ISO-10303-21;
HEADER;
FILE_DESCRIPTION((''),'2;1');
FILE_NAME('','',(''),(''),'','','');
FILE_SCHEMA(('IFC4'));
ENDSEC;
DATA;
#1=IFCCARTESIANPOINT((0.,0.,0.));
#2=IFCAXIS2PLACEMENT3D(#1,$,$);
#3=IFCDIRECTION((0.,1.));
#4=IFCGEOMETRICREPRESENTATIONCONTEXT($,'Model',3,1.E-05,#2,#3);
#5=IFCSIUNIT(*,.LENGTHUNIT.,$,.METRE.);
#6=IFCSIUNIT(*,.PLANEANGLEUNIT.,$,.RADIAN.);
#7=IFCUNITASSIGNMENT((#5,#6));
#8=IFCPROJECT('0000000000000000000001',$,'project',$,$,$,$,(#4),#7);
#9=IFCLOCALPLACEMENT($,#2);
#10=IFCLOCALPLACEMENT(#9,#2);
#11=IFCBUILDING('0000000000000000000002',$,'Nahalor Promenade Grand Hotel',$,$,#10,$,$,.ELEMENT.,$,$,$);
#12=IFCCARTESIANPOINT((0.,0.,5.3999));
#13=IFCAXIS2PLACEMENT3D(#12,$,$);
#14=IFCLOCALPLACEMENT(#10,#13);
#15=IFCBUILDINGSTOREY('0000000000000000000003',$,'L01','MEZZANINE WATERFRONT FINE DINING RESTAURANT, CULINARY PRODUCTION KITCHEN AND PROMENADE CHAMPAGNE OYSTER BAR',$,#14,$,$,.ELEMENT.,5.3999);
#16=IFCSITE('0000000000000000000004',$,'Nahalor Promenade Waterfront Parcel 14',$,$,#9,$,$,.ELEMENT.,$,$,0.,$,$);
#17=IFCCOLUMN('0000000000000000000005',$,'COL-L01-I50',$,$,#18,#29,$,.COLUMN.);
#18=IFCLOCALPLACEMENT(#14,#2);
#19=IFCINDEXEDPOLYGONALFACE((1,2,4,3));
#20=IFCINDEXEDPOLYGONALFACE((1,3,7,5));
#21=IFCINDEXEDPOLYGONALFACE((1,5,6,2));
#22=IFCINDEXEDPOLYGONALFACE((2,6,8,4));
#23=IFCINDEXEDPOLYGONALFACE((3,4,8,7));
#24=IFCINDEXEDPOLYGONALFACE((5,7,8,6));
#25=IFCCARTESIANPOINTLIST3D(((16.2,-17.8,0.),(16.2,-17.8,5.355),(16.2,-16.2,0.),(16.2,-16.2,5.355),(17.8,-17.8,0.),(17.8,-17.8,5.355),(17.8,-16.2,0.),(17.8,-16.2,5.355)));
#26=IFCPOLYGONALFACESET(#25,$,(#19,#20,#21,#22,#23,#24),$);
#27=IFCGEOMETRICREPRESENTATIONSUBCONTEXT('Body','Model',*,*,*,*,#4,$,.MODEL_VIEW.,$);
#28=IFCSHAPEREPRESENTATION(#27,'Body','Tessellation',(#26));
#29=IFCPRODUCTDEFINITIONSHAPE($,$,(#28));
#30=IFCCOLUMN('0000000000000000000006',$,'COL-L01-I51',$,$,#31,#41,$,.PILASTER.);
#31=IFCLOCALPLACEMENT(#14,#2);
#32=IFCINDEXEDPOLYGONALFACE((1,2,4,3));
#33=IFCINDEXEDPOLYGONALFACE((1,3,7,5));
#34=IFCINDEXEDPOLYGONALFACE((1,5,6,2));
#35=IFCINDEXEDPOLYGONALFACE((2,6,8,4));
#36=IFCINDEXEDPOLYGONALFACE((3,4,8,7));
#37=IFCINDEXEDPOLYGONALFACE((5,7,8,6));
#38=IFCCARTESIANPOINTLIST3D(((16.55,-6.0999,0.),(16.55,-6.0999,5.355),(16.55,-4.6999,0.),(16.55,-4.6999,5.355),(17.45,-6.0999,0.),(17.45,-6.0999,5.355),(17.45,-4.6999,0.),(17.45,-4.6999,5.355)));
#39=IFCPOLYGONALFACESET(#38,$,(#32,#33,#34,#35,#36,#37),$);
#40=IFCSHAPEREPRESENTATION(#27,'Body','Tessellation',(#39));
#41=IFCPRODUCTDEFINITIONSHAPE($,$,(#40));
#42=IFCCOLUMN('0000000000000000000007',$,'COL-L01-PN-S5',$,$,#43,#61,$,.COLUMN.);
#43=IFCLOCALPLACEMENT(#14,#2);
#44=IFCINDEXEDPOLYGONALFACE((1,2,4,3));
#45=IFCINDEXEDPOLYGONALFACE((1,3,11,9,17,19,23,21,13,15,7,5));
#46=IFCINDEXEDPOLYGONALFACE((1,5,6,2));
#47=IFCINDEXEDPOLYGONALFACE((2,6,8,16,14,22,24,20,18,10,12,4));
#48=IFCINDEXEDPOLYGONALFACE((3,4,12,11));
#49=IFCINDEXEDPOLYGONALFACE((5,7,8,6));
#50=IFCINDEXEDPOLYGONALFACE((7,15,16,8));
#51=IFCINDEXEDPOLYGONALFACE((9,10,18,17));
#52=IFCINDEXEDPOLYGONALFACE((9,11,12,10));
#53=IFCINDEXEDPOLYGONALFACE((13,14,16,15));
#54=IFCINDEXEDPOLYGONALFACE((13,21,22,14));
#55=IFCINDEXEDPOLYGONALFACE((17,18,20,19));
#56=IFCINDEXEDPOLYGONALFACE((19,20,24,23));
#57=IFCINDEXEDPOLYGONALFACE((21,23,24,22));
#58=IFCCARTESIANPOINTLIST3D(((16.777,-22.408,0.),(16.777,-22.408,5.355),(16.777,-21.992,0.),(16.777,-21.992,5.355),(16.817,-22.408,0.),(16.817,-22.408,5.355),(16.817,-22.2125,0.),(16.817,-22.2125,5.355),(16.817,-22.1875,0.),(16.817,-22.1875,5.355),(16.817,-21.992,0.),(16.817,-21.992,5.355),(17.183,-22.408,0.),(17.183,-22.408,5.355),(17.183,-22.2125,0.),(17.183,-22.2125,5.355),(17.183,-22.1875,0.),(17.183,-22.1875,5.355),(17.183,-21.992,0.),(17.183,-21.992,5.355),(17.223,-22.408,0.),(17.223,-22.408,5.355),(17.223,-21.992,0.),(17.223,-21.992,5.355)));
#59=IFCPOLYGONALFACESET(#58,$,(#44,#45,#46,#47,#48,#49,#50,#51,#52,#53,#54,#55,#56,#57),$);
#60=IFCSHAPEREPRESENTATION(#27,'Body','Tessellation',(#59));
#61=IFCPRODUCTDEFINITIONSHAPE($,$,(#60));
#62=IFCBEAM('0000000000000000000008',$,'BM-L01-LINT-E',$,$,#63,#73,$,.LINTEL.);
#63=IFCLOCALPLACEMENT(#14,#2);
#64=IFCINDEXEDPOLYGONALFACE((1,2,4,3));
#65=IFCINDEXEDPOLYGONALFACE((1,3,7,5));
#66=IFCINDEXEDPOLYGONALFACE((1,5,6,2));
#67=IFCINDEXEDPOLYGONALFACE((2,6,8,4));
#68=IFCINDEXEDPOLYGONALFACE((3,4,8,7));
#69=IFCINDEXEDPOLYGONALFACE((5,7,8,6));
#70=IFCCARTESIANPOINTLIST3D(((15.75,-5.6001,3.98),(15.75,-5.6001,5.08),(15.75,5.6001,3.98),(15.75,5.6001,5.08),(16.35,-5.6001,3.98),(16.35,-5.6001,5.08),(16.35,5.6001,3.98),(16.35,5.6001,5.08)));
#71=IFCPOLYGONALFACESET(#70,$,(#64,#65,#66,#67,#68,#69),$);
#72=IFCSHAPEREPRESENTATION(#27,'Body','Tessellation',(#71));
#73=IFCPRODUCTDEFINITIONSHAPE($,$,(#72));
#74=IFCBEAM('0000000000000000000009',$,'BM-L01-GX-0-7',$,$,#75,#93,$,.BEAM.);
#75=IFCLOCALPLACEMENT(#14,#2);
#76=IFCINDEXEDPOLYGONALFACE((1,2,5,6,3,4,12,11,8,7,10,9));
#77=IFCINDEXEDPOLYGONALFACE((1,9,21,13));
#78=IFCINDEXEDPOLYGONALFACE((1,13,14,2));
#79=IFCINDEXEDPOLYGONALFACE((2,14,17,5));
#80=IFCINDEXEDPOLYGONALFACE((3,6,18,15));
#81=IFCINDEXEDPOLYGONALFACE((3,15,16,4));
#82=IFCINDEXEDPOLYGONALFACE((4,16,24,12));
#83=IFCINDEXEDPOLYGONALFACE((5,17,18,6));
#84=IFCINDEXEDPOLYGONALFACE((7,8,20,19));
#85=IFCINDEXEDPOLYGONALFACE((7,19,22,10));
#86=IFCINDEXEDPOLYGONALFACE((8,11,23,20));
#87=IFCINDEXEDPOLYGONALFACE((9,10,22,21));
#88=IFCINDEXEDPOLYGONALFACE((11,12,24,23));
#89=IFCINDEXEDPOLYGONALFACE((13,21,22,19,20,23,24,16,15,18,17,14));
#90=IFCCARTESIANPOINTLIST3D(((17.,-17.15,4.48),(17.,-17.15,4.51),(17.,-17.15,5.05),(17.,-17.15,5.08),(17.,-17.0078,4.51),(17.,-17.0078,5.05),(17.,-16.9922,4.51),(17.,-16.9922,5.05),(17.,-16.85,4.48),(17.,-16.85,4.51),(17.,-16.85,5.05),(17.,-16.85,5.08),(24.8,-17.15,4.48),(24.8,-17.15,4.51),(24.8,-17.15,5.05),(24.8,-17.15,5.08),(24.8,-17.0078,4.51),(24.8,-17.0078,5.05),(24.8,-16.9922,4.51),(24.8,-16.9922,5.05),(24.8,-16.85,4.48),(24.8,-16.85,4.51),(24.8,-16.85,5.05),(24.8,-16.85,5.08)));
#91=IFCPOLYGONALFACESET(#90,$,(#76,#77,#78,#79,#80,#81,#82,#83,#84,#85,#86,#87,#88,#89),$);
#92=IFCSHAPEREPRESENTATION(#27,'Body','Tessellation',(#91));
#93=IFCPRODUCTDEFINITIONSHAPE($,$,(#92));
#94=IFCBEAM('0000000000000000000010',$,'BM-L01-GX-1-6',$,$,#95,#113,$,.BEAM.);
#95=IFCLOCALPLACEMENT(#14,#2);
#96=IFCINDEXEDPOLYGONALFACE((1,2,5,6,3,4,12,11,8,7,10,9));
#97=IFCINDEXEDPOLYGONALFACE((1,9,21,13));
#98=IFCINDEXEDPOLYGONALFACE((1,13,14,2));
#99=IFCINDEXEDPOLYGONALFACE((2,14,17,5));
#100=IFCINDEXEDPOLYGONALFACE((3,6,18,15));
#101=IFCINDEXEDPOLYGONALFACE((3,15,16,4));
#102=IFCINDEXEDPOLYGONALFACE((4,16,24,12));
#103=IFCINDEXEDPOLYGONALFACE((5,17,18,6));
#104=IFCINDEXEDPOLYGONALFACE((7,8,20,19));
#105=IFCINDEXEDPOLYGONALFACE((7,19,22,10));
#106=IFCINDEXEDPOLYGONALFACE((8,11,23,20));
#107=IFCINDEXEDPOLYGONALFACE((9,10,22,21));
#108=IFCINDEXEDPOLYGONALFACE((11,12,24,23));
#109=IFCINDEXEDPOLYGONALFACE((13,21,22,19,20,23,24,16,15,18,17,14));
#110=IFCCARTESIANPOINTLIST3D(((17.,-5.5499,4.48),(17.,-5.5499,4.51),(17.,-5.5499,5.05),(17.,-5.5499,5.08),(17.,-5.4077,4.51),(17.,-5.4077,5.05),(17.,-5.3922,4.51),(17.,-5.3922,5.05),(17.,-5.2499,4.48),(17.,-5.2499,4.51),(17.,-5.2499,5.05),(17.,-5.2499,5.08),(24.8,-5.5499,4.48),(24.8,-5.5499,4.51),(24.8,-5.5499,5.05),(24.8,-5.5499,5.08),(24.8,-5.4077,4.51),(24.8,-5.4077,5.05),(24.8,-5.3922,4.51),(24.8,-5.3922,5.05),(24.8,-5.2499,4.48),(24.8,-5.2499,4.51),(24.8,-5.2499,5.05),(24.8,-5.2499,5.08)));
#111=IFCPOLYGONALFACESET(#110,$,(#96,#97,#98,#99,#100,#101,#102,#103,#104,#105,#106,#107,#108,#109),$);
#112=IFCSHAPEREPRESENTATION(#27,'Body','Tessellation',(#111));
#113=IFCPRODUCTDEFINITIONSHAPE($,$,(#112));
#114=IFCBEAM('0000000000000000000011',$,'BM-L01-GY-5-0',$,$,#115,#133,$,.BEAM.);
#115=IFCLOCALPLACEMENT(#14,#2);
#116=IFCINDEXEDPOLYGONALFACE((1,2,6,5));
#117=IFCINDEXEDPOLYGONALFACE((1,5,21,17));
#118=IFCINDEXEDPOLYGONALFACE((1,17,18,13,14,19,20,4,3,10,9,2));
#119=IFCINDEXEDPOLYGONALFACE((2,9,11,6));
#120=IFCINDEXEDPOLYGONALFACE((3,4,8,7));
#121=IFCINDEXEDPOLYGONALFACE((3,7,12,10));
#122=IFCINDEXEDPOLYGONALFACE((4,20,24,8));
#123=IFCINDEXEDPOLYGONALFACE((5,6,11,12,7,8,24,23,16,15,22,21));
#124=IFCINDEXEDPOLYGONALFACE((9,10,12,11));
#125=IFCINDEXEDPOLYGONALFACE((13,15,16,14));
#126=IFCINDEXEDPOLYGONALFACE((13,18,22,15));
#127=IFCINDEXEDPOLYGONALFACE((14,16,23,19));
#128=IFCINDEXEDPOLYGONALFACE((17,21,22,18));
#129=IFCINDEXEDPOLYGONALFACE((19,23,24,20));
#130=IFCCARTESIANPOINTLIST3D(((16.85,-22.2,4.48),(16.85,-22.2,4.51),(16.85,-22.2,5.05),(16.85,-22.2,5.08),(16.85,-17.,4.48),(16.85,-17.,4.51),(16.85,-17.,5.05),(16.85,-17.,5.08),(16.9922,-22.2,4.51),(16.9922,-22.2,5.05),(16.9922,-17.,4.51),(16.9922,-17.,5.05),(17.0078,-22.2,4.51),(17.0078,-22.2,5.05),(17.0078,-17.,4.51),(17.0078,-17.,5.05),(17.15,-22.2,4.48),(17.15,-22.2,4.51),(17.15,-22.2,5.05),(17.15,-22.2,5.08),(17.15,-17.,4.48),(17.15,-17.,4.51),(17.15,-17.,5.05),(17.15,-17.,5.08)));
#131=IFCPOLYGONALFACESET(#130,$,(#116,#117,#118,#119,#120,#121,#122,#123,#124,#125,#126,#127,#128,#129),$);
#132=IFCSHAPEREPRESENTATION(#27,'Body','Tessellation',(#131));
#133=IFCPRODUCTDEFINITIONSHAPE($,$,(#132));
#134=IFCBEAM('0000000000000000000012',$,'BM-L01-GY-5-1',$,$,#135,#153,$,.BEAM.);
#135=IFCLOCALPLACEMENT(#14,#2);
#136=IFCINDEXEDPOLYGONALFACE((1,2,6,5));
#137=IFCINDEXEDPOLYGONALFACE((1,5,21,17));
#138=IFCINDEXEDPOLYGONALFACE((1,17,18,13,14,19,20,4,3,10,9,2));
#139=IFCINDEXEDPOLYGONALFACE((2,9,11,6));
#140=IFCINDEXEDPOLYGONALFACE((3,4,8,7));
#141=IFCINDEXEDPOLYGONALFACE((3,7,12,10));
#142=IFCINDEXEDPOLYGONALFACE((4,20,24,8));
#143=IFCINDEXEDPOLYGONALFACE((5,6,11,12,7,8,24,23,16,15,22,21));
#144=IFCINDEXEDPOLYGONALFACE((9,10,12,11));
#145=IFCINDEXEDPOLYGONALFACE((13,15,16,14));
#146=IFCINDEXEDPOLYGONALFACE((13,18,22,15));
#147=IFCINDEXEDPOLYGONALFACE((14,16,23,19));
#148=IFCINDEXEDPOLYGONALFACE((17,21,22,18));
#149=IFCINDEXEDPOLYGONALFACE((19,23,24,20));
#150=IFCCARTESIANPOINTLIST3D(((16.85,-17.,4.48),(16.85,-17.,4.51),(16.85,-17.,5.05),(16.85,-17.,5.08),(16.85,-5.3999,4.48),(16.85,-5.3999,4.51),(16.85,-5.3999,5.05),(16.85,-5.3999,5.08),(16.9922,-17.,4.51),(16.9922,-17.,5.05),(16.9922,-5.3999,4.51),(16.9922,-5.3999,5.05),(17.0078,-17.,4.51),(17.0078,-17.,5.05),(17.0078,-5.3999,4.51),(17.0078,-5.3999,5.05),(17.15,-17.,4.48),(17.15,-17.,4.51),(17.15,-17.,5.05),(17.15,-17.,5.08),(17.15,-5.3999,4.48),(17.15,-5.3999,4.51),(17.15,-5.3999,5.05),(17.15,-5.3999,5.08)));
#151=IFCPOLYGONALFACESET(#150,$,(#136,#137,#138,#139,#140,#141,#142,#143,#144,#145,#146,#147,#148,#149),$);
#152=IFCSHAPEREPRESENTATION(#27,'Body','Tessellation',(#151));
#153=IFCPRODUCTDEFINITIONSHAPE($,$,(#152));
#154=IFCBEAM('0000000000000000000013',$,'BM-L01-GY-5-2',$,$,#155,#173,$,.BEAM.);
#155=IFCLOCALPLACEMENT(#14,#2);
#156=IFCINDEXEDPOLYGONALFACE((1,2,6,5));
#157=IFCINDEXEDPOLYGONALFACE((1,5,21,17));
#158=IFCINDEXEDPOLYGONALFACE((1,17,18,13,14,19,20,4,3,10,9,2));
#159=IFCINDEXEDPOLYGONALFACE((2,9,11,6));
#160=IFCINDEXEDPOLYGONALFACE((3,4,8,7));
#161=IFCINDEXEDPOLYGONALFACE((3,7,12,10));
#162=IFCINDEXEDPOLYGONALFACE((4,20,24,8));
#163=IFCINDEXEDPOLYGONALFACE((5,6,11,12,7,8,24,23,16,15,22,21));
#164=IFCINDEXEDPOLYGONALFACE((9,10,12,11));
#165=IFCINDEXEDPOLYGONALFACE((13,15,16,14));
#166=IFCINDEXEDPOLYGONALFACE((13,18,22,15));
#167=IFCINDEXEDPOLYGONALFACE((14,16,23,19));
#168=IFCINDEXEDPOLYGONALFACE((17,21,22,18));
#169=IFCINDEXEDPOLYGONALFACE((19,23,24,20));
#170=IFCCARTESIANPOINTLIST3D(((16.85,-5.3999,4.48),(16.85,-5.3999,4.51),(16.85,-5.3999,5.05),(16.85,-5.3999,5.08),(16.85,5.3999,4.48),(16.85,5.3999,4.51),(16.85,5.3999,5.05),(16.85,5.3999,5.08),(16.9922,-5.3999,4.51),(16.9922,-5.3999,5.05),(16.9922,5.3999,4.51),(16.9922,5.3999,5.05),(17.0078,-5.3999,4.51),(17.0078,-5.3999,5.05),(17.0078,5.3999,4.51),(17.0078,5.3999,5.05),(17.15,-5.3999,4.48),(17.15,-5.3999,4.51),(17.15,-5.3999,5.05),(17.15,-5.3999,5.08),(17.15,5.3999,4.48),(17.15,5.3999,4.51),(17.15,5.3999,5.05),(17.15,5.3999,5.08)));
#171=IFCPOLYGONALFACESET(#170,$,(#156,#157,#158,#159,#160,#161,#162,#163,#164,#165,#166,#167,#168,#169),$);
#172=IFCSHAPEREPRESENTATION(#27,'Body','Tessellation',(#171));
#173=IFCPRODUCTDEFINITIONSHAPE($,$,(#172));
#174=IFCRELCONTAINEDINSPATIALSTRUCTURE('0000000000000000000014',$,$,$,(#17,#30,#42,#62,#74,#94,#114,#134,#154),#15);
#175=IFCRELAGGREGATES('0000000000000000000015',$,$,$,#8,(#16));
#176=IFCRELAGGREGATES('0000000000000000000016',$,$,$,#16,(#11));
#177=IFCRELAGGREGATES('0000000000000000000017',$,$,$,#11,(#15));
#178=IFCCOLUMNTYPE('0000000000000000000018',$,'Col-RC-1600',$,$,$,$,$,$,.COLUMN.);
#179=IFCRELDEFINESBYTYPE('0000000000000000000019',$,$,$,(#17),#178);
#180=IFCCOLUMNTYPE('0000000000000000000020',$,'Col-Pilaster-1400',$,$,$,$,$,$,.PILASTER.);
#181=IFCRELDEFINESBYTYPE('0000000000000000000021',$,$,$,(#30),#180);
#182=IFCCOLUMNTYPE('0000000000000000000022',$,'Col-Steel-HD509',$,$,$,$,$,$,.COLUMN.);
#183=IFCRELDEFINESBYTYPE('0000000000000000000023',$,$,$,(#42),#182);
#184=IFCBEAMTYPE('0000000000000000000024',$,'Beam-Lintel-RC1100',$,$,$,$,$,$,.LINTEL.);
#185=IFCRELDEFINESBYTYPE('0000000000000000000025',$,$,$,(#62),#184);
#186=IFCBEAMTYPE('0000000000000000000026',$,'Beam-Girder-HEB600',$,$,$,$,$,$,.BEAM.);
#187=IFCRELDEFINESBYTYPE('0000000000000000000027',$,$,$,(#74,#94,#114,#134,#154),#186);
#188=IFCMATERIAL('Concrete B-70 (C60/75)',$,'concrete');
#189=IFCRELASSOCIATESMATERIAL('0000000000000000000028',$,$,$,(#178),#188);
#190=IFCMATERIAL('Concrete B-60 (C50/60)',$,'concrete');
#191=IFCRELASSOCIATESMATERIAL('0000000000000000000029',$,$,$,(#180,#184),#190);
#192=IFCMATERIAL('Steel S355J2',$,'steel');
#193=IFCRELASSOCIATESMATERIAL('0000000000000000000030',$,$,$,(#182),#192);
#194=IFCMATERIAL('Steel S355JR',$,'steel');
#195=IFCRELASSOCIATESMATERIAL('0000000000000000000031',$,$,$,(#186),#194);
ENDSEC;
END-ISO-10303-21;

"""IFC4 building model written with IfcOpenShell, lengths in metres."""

from ifc_helpers import new_model, si_unit, direction, frame, origin, origin_2d, place, context, subcontext, project, spatial, rectangle, i_section, extrude, source, transform, mapped, material, material_profile, profile_set, type_object, element, save


model = new_model("IFC4")

# Units and contexts
model_context = context("Model", 3, precision=1e-05, world=origin(), true_north=direction((0.0, 1.0)))
body_context = subcontext(model_context, "Body", "Model", "MODEL_VIEW")
ifc_project = project(units=[si_unit("LENGTHUNIT", "METRE"), si_unit("PLANEANGLEUNIT", "RADIAN")], contexts=[model_context])

# Site, building, storey
site_placement = place(None, origin())
site = spatial("IfcSite", under=ifc_project, at=site_placement, Name="Nahalor Promenade Waterfront Parcel 14", CompositionType="ELEMENT", RefElevation=0.0)
building_placement = place(site_placement, origin())
building = spatial("IfcBuilding", under=site, at=building_placement, Name="Nahalor Promenade Grand Hotel", CompositionType="ELEMENT")
storey_placement = place(building_placement, frame((0.0, 0.0, 5.3999)))
storey = spatial("IfcBuildingStorey", under=building, at=storey_placement, Name="L01", Description="MEZZANINE WATERFRONT FINE DINING RESTAURANT, CULINARY PRODUCTION KITCHEN AND PROMENADE CHAMPAGNE OYSTER BAR", CompositionType="ELEMENT", Elevation=5.3999)

# Columns
ifc_material_1 = material(Name="Concrete B-70 (C60/75)", Category="concrete")
ifc_material_profile_1 = material_profile(ifc_material_1, rectangle(XDim=1.6, YDim=1.6, at=origin_2d()), Name="RC 1600x1600")
ifc_profile_set_1 = profile_set([ifc_material_profile_1], Name="Concrete B-70 (C60/75)")
column_type_1 = type_object("IfcColumnType", Name="Col-RC-1600", PredefinedType="COLUMN", material=ifc_profile_set_1)
shared_shape_1 = source(origin(), body_context, "Body", "SweptSolid", [
    extrude(rectangle(XDim=1.6, YDim=1.6, at=origin_2d()), origin(), (0.0, 0.0, 1.0), 5.355),
])
column_1_placement = place(storey_placement, frame((17.0, -17.0, 0.0), z_axis=(0.0, 0.0, 1.0), x_axis=(1.0, 0.0, 0.0)))
element("IfcColumn", 1, at=column_1_placement, inside=storey, type_object=column_type_1, Name="COL-L01-I50", PredefinedType="COLUMN", context=body_context, shape_type="MappedRepresentation", body=[
    mapped(shared_shape_1, transform((0.0, 0.0, 0.0), scale=1.0)),
])
ifc_material_2 = material(Name="Concrete B-60 (C50/60)", Category="concrete")
ifc_material_profile_2 = material_profile(ifc_material_2, rectangle(XDim=0.9, YDim=1.4, at=origin_2d()), Name="RC 900x1400")
ifc_profile_set_2 = profile_set([ifc_material_profile_2], Name="Concrete B-60 (C50/60)")
column_type_2 = type_object("IfcColumnType", Name="Col-Pilaster-1400", PredefinedType="PILASTER", material=ifc_profile_set_2)
shared_shape_2 = source(origin(), body_context, "Body", "SweptSolid", [
    extrude(rectangle(XDim=0.9, YDim=1.4, at=origin_2d()), origin(), (0.0, 0.0, 1.0), 5.355),
])
column_2_placement = place(storey_placement, frame((17.0, -5.3999, 0.0), z_axis=(0.0, 0.0, 1.0), x_axis=(1.0, 0.0, 0.0)))
element("IfcColumn", 2, at=column_2_placement, inside=storey, type_object=column_type_2, Name="COL-L01-I51", PredefinedType="PILASTER", context=body_context, shape_type="MappedRepresentation", body=[
    mapped(shared_shape_2, transform((0.0, 0.0, 0.0), scale=1.0)),
])
ifc_material_3 = material(Name="Steel S355J2", Category="steel")
ifc_material_profile_3 = material_profile(ifc_material_3, i_section(OverallWidth=0.416, OverallDepth=0.446, WebThickness=0.025, FlangeThickness=0.04, at=origin_2d()), Name="HD 400x509")
ifc_profile_set_3 = profile_set([ifc_material_profile_3], Name="Steel S355J2")
column_type_3 = type_object("IfcColumnType", Name="Col-Steel-HD509", PredefinedType="COLUMN", material=ifc_profile_set_3)
shared_shape_3 = source(origin(), body_context, "Body", "SweptSolid", [
    extrude(i_section(OverallWidth=0.416, OverallDepth=0.446, WebThickness=0.025, FlangeThickness=0.04, at=origin_2d()), origin(), (0.0, 0.0, 1.0), 5.355),
])
column_3_placement = place(storey_placement, frame((17.0, -22.2, 0.0), z_axis=(0.0, 0.0, 1.0), x_axis=(0.0, 1.0, 0.0)))
element("IfcColumn", 3, at=column_3_placement, inside=storey, type_object=column_type_3, Name="COL-L01-PN-S5", PredefinedType="COLUMN", context=body_context, shape_type="MappedRepresentation", body=[
    mapped(shared_shape_3, transform((0.0, 0.0, 0.0), scale=1.0)),
])

# Beams
ifc_material_profile_4 = material_profile(ifc_material_2, rectangle(XDim=0.6, YDim=1.1, at=origin_2d()), Name="RC 600x1100")
ifc_profile_set_4 = profile_set([ifc_material_profile_4], Name="Concrete B-60 (C50/60)")
beam_type_1 = type_object("IfcBeamType", Name="Beam-Lintel-RC1100", PredefinedType="LINTEL", material=ifc_profile_set_4)
shared_shape_4 = source(origin(), body_context, "Body", "SweptSolid", [
    extrude(rectangle(XDim=0.6, YDim=1.1, at=origin_2d()), origin(), (0.0, 0.0, 1.0), 11.2002),
])
beam_1_placement = place(storey_placement, frame((16.05, -5.6001, 4.53), z_axis=(0.0, 1.0, 0.0), x_axis=(-1.0, 0.0, 0.0)))
element("IfcBeam", 4, at=beam_1_placement, inside=storey, type_object=beam_type_1, Name="BM-L01-LINT-E", PredefinedType="LINTEL", context=body_context, shape_type="MappedRepresentation", body=[
    mapped(shared_shape_4, transform((0.0, 0.0, 0.0), scale=1.0)),
])
ifc_material_4 = material(Name="Steel S355JR", Category="steel")
ifc_material_profile_5 = material_profile(ifc_material_4, i_section(OverallWidth=0.3, OverallDepth=0.6, WebThickness=0.0155, FlangeThickness=0.03, at=origin_2d()), Name="HEB 600")
ifc_profile_set_5 = profile_set([ifc_material_profile_5], Name="Steel S355JR")
beam_type_2 = type_object("IfcBeamType", Name="Beam-Girder-HEB600", PredefinedType="BEAM", material=ifc_profile_set_5)
shared_shape_5 = source(origin(), body_context, "Body", "SweptSolid", [
    extrude(i_section(OverallWidth=0.3, OverallDepth=0.6, WebThickness=0.0155, FlangeThickness=0.03, at=origin_2d()), origin(), (0.0, 0.0, 1.0), 7.8),
])
for number, where, z_axis, x_axis, name in (
    (5, (17.0, -17.0, 4.78), (1.0, 0.0, 0.0), (0.0, 1.0, 0.0), "BM-L01-GX-0-7"),
    (6, (17.0, -5.3999, 4.78), (1.0, 0.0, 0.0), (0.0, 1.0, 0.0), "BM-L01-GX-1-6"),
):
    element("IfcBeam", number, at=place(storey_placement, frame(where, z_axis=z_axis, x_axis=x_axis)), inside=storey, type_object=beam_type_2, Name=name, PredefinedType="BEAM", context=body_context, shape_type="MappedRepresentation", body=[
        mapped(shared_shape_5, transform((0.0, 0.0, 0.0), scale=1.0)),
    ])
shared_shape_6 = source(origin(), body_context, "Body", "SweptSolid", [
    extrude(i_section(OverallWidth=0.3, OverallDepth=0.6, WebThickness=0.0155, FlangeThickness=0.03, at=origin_2d()), origin(), (0.0, 0.0, 1.0), 5.2),
])
beam_2_placement = place(storey_placement, frame((17.0, -22.2, 4.78), z_axis=(0.0, 1.0, 0.0), x_axis=(-1.0, 0.0, 0.0)))
element("IfcBeam", 7, at=beam_2_placement, inside=storey, type_object=beam_type_2, Name="BM-L01-GY-5-0", PredefinedType="BEAM", context=body_context, shape_type="MappedRepresentation", body=[
    mapped(shared_shape_6, transform((0.0, 0.0, 0.0), scale=1.0)),
])
shared_shape_7 = source(origin(), body_context, "Body", "SweptSolid", [
    extrude(i_section(OverallWidth=0.3, OverallDepth=0.6, WebThickness=0.0155, FlangeThickness=0.03, at=origin_2d()), origin(), (0.0, 0.0, 1.0), 11.6001),
])
beam_3_placement = place(storey_placement, frame((17.0, -17.0, 4.78), z_axis=(0.0, 1.0, 0.0), x_axis=(-1.0, 0.0, 0.0)))
element("IfcBeam", 8, at=beam_3_placement, inside=storey, type_object=beam_type_2, Name="BM-L01-GY-5-1", PredefinedType="BEAM", context=body_context, shape_type="MappedRepresentation", body=[
    mapped(shared_shape_7, transform((0.0, 0.0, 0.0), scale=1.0)),
])
shared_shape_8 = source(origin(), body_context, "Body", "SweptSolid", [
    extrude(i_section(OverallWidth=0.3, OverallDepth=0.6, WebThickness=0.0155, FlangeThickness=0.03, at=origin_2d()), origin(), (0.0, 0.0, 1.0), 10.7998),
])
beam_4_placement = place(storey_placement, frame((17.0, -5.3999, 4.78), z_axis=(0.0, 1.0, 0.0), x_axis=(-1.0, 0.0, 0.0)))
element("IfcBeam", 9, at=beam_4_placement, inside=storey, type_object=beam_type_2, Name="BM-L01-GY-5-2", PredefinedType="BEAM", context=body_context, shape_type="MappedRepresentation", body=[
    mapped(shared_shape_8, transform((0.0, 0.0, 0.0), scale=1.0)),
])

save(model, "model.ifc")
